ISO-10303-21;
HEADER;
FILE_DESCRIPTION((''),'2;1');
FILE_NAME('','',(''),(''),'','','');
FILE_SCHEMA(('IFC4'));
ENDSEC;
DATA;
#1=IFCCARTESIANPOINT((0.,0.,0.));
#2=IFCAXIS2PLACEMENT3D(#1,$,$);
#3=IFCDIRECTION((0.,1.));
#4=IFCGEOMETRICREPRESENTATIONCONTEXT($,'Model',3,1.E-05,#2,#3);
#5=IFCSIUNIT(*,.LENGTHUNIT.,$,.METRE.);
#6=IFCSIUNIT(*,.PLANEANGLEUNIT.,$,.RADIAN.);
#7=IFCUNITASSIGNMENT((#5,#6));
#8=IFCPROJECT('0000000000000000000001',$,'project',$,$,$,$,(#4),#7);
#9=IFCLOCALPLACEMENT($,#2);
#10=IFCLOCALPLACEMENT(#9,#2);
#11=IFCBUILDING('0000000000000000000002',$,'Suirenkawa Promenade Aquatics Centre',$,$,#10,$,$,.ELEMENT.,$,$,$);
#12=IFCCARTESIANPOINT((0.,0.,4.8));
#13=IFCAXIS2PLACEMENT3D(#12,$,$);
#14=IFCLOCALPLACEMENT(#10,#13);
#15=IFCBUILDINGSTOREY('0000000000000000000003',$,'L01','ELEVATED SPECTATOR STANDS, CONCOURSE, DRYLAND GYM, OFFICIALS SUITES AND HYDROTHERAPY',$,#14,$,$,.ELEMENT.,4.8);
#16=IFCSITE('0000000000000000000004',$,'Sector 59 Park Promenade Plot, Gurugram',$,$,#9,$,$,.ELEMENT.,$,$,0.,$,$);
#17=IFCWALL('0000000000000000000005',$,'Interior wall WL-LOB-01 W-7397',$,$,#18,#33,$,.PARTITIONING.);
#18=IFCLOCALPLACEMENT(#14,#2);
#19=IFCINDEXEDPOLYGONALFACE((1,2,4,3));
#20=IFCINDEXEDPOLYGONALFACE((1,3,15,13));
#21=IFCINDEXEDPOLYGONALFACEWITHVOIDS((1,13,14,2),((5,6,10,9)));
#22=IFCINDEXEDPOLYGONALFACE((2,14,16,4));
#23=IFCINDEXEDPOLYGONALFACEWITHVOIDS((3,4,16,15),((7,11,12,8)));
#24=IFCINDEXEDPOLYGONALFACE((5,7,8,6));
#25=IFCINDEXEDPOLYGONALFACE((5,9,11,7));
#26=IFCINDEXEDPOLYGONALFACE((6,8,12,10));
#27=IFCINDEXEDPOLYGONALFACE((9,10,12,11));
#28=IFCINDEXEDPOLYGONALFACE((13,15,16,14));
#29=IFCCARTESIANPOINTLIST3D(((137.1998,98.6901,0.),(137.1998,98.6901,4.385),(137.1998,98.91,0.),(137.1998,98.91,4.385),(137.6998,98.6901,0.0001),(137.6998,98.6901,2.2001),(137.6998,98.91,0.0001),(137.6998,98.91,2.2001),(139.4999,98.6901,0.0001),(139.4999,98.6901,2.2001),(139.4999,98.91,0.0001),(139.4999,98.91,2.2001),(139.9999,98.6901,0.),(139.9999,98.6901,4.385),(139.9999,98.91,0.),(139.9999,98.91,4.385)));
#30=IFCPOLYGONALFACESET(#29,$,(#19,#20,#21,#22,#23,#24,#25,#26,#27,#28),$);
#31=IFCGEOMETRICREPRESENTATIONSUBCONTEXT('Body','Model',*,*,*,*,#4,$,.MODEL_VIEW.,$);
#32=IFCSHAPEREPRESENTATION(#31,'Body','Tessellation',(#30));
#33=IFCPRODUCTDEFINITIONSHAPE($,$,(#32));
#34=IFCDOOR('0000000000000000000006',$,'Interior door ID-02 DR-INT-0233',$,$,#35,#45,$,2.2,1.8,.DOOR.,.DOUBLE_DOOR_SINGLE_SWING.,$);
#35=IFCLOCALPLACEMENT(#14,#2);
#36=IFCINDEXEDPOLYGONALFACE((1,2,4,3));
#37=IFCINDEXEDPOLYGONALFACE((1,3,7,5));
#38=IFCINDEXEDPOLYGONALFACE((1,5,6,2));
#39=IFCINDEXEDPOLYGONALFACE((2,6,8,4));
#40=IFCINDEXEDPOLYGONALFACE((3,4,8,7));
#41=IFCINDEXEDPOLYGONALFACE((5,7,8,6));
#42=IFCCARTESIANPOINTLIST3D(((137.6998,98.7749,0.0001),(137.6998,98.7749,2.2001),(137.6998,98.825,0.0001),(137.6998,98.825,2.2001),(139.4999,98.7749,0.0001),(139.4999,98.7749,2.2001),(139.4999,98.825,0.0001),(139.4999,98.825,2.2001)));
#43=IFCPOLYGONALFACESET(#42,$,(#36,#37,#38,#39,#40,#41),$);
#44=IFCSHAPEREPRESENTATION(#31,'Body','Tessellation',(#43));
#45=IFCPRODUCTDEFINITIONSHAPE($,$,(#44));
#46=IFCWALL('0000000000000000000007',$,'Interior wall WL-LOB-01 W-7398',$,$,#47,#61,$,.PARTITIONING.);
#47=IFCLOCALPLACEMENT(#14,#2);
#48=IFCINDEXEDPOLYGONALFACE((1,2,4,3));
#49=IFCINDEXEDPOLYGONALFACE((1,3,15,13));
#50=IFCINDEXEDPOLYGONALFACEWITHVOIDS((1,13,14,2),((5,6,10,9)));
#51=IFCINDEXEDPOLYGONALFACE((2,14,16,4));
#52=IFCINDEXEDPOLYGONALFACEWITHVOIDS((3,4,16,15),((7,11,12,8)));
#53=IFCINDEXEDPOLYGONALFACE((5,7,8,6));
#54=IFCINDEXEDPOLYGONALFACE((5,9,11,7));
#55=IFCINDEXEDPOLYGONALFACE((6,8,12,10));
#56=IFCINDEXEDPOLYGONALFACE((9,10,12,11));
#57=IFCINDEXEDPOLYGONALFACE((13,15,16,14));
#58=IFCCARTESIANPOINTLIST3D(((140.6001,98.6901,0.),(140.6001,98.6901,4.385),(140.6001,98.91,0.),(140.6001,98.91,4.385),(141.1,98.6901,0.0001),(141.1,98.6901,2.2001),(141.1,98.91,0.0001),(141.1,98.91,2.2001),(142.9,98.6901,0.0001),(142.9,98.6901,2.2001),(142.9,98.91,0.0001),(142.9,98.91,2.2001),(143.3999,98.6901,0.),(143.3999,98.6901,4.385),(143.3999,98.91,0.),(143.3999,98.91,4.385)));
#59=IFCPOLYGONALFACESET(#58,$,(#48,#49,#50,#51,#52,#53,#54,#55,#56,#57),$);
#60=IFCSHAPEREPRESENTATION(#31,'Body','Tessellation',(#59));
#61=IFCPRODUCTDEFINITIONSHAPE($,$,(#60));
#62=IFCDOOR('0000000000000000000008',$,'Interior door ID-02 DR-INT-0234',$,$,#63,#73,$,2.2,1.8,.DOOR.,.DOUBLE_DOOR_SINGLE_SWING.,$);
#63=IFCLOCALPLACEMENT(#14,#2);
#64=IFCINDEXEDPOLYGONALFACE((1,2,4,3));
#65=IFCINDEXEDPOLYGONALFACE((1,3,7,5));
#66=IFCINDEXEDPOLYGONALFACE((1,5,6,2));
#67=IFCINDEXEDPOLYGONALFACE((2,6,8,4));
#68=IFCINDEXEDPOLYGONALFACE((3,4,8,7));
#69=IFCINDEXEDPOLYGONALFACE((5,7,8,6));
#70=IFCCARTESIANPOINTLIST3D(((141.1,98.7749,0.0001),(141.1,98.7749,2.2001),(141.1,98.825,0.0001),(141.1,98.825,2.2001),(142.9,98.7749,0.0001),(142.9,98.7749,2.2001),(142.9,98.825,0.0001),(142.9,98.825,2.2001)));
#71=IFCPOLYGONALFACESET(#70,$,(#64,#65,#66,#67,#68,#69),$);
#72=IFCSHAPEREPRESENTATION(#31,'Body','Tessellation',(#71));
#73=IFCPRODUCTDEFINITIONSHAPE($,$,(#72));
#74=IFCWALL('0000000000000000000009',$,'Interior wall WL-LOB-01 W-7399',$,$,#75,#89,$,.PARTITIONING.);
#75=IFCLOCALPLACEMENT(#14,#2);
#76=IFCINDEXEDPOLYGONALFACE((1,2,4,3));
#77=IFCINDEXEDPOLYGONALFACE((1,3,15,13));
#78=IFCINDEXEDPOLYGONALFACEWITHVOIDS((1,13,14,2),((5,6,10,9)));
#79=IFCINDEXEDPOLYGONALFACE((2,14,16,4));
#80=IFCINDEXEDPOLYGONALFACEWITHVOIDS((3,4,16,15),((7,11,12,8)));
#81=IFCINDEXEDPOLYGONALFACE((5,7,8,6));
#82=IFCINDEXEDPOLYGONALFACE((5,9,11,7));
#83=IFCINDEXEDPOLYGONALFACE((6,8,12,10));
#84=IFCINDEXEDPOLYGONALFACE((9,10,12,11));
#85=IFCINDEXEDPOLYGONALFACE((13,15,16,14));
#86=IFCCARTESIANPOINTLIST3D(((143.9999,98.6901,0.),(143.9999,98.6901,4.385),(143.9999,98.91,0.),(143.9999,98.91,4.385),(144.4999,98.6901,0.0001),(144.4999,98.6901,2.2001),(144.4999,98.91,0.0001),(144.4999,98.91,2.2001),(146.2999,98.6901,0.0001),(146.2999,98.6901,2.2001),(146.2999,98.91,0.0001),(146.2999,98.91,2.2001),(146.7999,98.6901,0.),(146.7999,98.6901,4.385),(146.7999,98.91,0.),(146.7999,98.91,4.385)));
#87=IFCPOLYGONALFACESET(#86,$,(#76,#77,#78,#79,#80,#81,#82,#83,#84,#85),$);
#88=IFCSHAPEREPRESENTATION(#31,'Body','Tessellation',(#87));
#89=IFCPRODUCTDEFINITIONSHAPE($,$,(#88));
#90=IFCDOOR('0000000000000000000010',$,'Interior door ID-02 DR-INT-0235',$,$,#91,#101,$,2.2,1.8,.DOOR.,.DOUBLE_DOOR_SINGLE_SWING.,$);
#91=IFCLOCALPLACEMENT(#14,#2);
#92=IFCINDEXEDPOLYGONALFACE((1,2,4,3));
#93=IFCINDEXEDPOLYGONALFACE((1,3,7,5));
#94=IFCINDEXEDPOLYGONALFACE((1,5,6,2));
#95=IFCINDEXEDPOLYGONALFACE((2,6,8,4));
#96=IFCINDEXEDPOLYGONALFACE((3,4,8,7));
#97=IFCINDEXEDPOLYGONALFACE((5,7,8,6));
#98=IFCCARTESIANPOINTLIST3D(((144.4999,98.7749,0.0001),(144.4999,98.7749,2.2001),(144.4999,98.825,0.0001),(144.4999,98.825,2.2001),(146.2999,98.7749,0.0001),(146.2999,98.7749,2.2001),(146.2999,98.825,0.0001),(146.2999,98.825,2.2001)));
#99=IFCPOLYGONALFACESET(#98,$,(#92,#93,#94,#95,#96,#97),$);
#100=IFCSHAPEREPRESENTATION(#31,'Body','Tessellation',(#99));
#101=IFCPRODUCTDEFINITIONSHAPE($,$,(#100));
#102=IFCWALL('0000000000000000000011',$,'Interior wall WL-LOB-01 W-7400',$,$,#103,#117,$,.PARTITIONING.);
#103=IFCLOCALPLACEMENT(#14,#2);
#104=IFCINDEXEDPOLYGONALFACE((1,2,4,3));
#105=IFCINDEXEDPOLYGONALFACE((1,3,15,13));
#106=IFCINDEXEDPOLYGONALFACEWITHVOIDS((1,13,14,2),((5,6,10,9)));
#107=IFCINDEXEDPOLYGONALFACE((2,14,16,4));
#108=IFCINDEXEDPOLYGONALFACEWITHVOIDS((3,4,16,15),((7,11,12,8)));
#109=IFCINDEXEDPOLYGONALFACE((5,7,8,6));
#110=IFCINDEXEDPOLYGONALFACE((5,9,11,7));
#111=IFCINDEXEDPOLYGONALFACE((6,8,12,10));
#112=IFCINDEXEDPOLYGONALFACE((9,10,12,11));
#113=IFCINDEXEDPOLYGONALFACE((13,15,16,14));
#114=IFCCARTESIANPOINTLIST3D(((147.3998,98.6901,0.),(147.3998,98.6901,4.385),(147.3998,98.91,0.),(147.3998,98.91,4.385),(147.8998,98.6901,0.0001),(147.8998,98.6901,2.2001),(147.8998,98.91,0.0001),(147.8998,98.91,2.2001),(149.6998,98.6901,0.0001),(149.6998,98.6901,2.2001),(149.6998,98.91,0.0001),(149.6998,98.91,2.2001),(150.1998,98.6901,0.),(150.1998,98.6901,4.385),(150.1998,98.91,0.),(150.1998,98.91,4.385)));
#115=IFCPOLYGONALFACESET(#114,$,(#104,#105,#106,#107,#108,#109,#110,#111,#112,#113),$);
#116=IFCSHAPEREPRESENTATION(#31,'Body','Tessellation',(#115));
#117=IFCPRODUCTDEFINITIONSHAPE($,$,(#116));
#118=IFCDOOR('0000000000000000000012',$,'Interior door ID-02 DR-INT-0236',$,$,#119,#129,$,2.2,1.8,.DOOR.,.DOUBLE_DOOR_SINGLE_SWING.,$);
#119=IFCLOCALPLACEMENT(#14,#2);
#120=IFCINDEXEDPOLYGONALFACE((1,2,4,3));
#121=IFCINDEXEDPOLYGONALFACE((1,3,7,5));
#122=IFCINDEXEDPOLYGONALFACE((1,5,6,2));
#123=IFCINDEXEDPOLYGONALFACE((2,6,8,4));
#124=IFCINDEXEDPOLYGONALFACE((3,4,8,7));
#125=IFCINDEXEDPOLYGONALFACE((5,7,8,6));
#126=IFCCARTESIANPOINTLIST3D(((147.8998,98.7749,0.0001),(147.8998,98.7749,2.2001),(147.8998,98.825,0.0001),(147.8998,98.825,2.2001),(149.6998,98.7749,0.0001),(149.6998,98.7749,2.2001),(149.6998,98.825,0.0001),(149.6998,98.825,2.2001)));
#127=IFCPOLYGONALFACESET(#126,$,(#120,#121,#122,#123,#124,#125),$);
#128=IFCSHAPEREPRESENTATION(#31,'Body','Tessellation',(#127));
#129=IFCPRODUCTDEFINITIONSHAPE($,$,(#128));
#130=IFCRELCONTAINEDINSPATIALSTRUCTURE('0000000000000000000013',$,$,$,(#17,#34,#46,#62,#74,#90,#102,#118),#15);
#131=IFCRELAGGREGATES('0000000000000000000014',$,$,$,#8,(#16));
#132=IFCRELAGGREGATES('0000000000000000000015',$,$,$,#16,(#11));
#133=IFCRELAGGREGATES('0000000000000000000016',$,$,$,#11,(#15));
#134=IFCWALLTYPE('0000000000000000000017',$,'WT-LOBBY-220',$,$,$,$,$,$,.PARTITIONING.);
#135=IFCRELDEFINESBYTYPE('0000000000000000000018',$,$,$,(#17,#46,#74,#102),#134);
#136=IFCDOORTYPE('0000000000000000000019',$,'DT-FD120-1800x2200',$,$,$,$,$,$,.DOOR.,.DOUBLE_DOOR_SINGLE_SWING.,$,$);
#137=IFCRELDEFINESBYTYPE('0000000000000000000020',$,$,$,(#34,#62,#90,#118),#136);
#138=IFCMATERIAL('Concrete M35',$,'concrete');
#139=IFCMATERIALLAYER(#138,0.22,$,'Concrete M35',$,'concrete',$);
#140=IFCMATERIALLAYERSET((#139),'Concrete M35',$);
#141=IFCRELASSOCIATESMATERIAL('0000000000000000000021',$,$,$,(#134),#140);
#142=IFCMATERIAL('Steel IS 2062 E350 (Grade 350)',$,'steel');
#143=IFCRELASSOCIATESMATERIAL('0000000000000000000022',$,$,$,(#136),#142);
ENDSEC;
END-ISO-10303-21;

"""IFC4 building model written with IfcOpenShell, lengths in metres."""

from ifc_helpers import new_model, si_unit, direction, frame, frame_2d, origin, place, context, subcontext, project, spatial, rectangle, extrude, material, layer, layer_set, type_object, element, fill, save


model = new_model("IFC4")

# Units and contexts
model_context = context("Model", 3, precision=1e-05, world=origin(), true_north=direction((0.0, 1.0)))
body_context = subcontext(model_context, "Body", "Model", "MODEL_VIEW")
ifc_project = project(units=[si_unit("LENGTHUNIT", "METRE"), si_unit("PLANEANGLEUNIT", "RADIAN")], contexts=[model_context])

# Site, building, storey
site_placement = place(None, origin())
site = spatial("IfcSite", under=ifc_project, at=site_placement, Name="Sector 59 Park Promenade Plot, Gurugram", CompositionType="ELEMENT", RefElevation=0.0)
building_placement = place(site_placement, origin())
building = spatial("IfcBuilding", under=site, at=building_placement, Name="Suirenkawa Promenade Aquatics Centre", CompositionType="ELEMENT")
storey_placement = place(building_placement, frame((0.0, 0.0, 4.8)))
storey = spatial("IfcBuildingStorey", under=building, at=storey_placement, Name="L01", Description="ELEVATED SPECTATOR STANDS, CONCOURSE, DRYLAND GYM, OFFICIALS SUITES AND HYDROTHERAPY", CompositionType="ELEMENT", Elevation=4.8)

# Shared definitions
ifc_material_1 = material(Name="Concrete M35", Category="concrete")

# Walls, openings, doors
ifc_layer = layer(ifc_material_1, 0.22, Name="Concrete M35", Category="concrete")
ifc_layer_set = layer_set([ifc_layer], Name="Concrete M35")
wall_type = type_object("IfcWallType", Name="WT-LOBBY-220", PredefinedType="PARTITIONING", material=ifc_layer_set)
ifc_material_2 = material(Name="Steel IS 2062 E350 (Grade 350)", Category="steel")
door_type = type_object("IfcDoorType", Name="DT-FD120-1800x2200", OperationType="DOUBLE_DOOR_SINGLE_SWING", PredefinedType="DOOR", material=ifc_material_2)
wall_1_placement = place(storey_placement, frame((137.2, 98.8, 0.0), z_axis=(0.0, 0.0, 1.0), x_axis=(1.0, 0.0, 0.0)))
wall_1 = element("IfcWall", 1, at=wall_1_placement, inside=storey, type_object=wall_type, Name="Interior wall WL-LOB-01 W-7397", PredefinedType="PARTITIONING", context=body_context, shape_type="SweptSolid", body=[
    extrude(rectangle(XDim=2.8, YDim=0.22, at=frame_2d((1.3999, 0.0))), origin(), (0.0, 0.0, 1.0), 4.385),
])
opening_1_placement = place(wall_1_placement, frame((0.5, 0.0, 0.0)))
opening_1 = element("IfcOpeningElement", 2, at=opening_1_placement, cuts=wall_1, PredefinedType="OPENING", context=body_context, shape_type="SweptSolid", body=[
    extrude(rectangle(XDim=1.8, YDim=2.2, at=frame_2d((0.8999, 1.1001))), frame((0.0, 0.1199, 0.0), z_axis=(0.0, -1.0, 0.0), x_axis=(1.0, 0.0, 0.0)), (0.0, 0.0, 1.0), 0.24),
])
door_1_placement = place(opening_1_placement, origin())
door_1 = element("IfcDoor", 3, at=door_1_placement, inside=storey, type_object=door_type, Name="Interior door ID-02 DR-INT-0233", OperationType="DOUBLE_DOOR_SINGLE_SWING", OverallHeight=2.2, OverallWidth=1.8, PredefinedType="DOOR", context=body_context, shape_type="SweptSolid", body=[
    extrude(rectangle(XDim=1.8, YDim=2.2, at=frame_2d((0.8999, 1.1001))), frame((0.0, 0.0249, 0.0), z_axis=(0.0, -1.0, 0.0), x_axis=(1.0, 0.0, 0.0)), (0.0, 0.0, 1.0), 0.05),
])
fill(opening_1, door_1)
wall_2_placement = place(storey_placement, frame((140.6001, 98.8, 0.0), z_axis=(0.0, 0.0, 1.0), x_axis=(1.0, 0.0, 0.0)))
wall_2 = element("IfcWall", 4, at=wall_2_placement, inside=storey, type_object=wall_type, Name="Interior wall WL-LOB-01 W-7398", PredefinedType="PARTITIONING", context=body_context, shape_type="SweptSolid", body=[
    extrude(rectangle(XDim=2.7998, YDim=0.22, at=frame_2d((1.3999, 0.0))), origin(), (0.0, 0.0, 1.0), 4.385),
])
opening_2_placement = place(wall_2_placement, frame((0.5, 0.0, 0.0)))
opening_2 = element("IfcOpeningElement", 5, at=opening_2_placement, cuts=wall_2, PredefinedType="OPENING", context=body_context, shape_type="SweptSolid", body=[
    extrude(rectangle(XDim=1.8, YDim=2.2, at=frame_2d((0.8999, 1.1001))), frame((0.0, 0.1199, 0.0), z_axis=(0.0, -1.0, 0.0), x_axis=(1.0, 0.0, 0.0)), (0.0, 0.0, 1.0), 0.24),
])
door_2_placement = place(opening_2_placement, origin())
door_2 = element("IfcDoor", 6, at=door_2_placement, inside=storey, type_object=door_type, Name="Interior door ID-02 DR-INT-0234", OperationType="DOUBLE_DOOR_SINGLE_SWING", OverallHeight=2.2, OverallWidth=1.8, PredefinedType="DOOR", context=body_context, shape_type="SweptSolid", body=[
    extrude(rectangle(XDim=1.8, YDim=2.2, at=frame_2d((0.8999, 1.1001))), frame((0.0, 0.0249, 0.0), z_axis=(0.0, -1.0, 0.0), x_axis=(1.0, 0.0, 0.0)), (0.0, 0.0, 1.0), 0.05),
])
fill(opening_2, door_2)
wall_3_placement = place(storey_placement, frame((144.0, 98.8, 0.0), z_axis=(0.0, 0.0, 1.0), x_axis=(1.0, 0.0, 0.0)))
wall_3 = element("IfcWall", 7, at=wall_3_placement, inside=storey, type_object=wall_type, Name="Interior wall WL-LOB-01 W-7399", PredefinedType="PARTITIONING", context=body_context, shape_type="SweptSolid", body=[
    extrude(rectangle(XDim=2.8, YDim=0.22, at=frame_2d((1.3999, 0.0))), origin(), (0.0, 0.0, 1.0), 4.385),
])
opening_3_placement = place(wall_3_placement, frame((0.5, 0.0, 0.0)))
opening_3 = element("IfcOpeningElement", 8, at=opening_3_placement, cuts=wall_3, PredefinedType="OPENING", context=body_context, shape_type="SweptSolid", body=[
    extrude(rectangle(XDim=1.8, YDim=2.2, at=frame_2d((0.8999, 1.1001))), frame((0.0, 0.1199, 0.0), z_axis=(0.0, -1.0, 0.0), x_axis=(1.0, 0.0, 0.0)), (0.0, 0.0, 1.0), 0.24),
])
door_3_placement = place(opening_3_placement, origin())
door_3 = element("IfcDoor", 9, at=door_3_placement, inside=storey, type_object=door_type, Name="Interior door ID-02 DR-INT-0235", OperationType="DOUBLE_DOOR_SINGLE_SWING", OverallHeight=2.2, OverallWidth=1.8, PredefinedType="DOOR", context=body_context, shape_type="SweptSolid", body=[
    extrude(rectangle(XDim=1.8, YDim=2.2, at=frame_2d((0.8999, 1.1001))), frame((0.0, 0.0249, 0.0), z_axis=(0.0, -1.0, 0.0), x_axis=(1.0, 0.0, 0.0)), (0.0, 0.0, 1.0), 0.05),
])
fill(opening_3, door_3)
wall_4_placement = place(storey_placement, frame((147.3999, 98.8, 0.0), z_axis=(0.0, 0.0, 1.0), x_axis=(1.0, 0.0, 0.0)))
wall_4 = element("IfcWall", 10, at=wall_4_placement, inside=storey, type_object=wall_type, Name="Interior wall WL-LOB-01 W-7400", PredefinedType="PARTITIONING", context=body_context, shape_type="SweptSolid", body=[
    extrude(rectangle(XDim=2.8, YDim=0.22, at=frame_2d((1.3999, 0.0))), origin(), (0.0, 0.0, 1.0), 4.385),
])
opening_4_placement = place(wall_4_placement, frame((0.5, 0.0, 0.0)))
opening_4 = element("IfcOpeningElement", 11, at=opening_4_placement, cuts=wall_4, PredefinedType="OPENING", context=body_context, shape_type="SweptSolid", body=[
    extrude(rectangle(XDim=1.8, YDim=2.2, at=frame_2d((0.8999, 1.1001))), frame((0.0, 0.1199, 0.0), z_axis=(0.0, -1.0, 0.0), x_axis=(1.0, 0.0, 0.0)), (0.0, 0.0, 1.0), 0.24),
])
door_4_placement = place(opening_4_placement, origin())
door_4 = element("IfcDoor", 12, at=door_4_placement, inside=storey, type_object=door_type, Name="Interior door ID-02 DR-INT-0236", OperationType="DOUBLE_DOOR_SINGLE_SWING", OverallHeight=2.2, OverallWidth=1.8, PredefinedType="DOOR", context=body_context, shape_type="SweptSolid", body=[
    extrude(rectangle(XDim=1.8, YDim=2.2, at=frame_2d((0.8999, 1.1001))), frame((0.0, 0.0249, 0.0), z_axis=(0.0, -1.0, 0.0), x_axis=(1.0, 0.0, 0.0)), (0.0, 0.0, 1.0), 0.05),
])
fill(opening_4, door_4)

save(model, "model.ifc")
